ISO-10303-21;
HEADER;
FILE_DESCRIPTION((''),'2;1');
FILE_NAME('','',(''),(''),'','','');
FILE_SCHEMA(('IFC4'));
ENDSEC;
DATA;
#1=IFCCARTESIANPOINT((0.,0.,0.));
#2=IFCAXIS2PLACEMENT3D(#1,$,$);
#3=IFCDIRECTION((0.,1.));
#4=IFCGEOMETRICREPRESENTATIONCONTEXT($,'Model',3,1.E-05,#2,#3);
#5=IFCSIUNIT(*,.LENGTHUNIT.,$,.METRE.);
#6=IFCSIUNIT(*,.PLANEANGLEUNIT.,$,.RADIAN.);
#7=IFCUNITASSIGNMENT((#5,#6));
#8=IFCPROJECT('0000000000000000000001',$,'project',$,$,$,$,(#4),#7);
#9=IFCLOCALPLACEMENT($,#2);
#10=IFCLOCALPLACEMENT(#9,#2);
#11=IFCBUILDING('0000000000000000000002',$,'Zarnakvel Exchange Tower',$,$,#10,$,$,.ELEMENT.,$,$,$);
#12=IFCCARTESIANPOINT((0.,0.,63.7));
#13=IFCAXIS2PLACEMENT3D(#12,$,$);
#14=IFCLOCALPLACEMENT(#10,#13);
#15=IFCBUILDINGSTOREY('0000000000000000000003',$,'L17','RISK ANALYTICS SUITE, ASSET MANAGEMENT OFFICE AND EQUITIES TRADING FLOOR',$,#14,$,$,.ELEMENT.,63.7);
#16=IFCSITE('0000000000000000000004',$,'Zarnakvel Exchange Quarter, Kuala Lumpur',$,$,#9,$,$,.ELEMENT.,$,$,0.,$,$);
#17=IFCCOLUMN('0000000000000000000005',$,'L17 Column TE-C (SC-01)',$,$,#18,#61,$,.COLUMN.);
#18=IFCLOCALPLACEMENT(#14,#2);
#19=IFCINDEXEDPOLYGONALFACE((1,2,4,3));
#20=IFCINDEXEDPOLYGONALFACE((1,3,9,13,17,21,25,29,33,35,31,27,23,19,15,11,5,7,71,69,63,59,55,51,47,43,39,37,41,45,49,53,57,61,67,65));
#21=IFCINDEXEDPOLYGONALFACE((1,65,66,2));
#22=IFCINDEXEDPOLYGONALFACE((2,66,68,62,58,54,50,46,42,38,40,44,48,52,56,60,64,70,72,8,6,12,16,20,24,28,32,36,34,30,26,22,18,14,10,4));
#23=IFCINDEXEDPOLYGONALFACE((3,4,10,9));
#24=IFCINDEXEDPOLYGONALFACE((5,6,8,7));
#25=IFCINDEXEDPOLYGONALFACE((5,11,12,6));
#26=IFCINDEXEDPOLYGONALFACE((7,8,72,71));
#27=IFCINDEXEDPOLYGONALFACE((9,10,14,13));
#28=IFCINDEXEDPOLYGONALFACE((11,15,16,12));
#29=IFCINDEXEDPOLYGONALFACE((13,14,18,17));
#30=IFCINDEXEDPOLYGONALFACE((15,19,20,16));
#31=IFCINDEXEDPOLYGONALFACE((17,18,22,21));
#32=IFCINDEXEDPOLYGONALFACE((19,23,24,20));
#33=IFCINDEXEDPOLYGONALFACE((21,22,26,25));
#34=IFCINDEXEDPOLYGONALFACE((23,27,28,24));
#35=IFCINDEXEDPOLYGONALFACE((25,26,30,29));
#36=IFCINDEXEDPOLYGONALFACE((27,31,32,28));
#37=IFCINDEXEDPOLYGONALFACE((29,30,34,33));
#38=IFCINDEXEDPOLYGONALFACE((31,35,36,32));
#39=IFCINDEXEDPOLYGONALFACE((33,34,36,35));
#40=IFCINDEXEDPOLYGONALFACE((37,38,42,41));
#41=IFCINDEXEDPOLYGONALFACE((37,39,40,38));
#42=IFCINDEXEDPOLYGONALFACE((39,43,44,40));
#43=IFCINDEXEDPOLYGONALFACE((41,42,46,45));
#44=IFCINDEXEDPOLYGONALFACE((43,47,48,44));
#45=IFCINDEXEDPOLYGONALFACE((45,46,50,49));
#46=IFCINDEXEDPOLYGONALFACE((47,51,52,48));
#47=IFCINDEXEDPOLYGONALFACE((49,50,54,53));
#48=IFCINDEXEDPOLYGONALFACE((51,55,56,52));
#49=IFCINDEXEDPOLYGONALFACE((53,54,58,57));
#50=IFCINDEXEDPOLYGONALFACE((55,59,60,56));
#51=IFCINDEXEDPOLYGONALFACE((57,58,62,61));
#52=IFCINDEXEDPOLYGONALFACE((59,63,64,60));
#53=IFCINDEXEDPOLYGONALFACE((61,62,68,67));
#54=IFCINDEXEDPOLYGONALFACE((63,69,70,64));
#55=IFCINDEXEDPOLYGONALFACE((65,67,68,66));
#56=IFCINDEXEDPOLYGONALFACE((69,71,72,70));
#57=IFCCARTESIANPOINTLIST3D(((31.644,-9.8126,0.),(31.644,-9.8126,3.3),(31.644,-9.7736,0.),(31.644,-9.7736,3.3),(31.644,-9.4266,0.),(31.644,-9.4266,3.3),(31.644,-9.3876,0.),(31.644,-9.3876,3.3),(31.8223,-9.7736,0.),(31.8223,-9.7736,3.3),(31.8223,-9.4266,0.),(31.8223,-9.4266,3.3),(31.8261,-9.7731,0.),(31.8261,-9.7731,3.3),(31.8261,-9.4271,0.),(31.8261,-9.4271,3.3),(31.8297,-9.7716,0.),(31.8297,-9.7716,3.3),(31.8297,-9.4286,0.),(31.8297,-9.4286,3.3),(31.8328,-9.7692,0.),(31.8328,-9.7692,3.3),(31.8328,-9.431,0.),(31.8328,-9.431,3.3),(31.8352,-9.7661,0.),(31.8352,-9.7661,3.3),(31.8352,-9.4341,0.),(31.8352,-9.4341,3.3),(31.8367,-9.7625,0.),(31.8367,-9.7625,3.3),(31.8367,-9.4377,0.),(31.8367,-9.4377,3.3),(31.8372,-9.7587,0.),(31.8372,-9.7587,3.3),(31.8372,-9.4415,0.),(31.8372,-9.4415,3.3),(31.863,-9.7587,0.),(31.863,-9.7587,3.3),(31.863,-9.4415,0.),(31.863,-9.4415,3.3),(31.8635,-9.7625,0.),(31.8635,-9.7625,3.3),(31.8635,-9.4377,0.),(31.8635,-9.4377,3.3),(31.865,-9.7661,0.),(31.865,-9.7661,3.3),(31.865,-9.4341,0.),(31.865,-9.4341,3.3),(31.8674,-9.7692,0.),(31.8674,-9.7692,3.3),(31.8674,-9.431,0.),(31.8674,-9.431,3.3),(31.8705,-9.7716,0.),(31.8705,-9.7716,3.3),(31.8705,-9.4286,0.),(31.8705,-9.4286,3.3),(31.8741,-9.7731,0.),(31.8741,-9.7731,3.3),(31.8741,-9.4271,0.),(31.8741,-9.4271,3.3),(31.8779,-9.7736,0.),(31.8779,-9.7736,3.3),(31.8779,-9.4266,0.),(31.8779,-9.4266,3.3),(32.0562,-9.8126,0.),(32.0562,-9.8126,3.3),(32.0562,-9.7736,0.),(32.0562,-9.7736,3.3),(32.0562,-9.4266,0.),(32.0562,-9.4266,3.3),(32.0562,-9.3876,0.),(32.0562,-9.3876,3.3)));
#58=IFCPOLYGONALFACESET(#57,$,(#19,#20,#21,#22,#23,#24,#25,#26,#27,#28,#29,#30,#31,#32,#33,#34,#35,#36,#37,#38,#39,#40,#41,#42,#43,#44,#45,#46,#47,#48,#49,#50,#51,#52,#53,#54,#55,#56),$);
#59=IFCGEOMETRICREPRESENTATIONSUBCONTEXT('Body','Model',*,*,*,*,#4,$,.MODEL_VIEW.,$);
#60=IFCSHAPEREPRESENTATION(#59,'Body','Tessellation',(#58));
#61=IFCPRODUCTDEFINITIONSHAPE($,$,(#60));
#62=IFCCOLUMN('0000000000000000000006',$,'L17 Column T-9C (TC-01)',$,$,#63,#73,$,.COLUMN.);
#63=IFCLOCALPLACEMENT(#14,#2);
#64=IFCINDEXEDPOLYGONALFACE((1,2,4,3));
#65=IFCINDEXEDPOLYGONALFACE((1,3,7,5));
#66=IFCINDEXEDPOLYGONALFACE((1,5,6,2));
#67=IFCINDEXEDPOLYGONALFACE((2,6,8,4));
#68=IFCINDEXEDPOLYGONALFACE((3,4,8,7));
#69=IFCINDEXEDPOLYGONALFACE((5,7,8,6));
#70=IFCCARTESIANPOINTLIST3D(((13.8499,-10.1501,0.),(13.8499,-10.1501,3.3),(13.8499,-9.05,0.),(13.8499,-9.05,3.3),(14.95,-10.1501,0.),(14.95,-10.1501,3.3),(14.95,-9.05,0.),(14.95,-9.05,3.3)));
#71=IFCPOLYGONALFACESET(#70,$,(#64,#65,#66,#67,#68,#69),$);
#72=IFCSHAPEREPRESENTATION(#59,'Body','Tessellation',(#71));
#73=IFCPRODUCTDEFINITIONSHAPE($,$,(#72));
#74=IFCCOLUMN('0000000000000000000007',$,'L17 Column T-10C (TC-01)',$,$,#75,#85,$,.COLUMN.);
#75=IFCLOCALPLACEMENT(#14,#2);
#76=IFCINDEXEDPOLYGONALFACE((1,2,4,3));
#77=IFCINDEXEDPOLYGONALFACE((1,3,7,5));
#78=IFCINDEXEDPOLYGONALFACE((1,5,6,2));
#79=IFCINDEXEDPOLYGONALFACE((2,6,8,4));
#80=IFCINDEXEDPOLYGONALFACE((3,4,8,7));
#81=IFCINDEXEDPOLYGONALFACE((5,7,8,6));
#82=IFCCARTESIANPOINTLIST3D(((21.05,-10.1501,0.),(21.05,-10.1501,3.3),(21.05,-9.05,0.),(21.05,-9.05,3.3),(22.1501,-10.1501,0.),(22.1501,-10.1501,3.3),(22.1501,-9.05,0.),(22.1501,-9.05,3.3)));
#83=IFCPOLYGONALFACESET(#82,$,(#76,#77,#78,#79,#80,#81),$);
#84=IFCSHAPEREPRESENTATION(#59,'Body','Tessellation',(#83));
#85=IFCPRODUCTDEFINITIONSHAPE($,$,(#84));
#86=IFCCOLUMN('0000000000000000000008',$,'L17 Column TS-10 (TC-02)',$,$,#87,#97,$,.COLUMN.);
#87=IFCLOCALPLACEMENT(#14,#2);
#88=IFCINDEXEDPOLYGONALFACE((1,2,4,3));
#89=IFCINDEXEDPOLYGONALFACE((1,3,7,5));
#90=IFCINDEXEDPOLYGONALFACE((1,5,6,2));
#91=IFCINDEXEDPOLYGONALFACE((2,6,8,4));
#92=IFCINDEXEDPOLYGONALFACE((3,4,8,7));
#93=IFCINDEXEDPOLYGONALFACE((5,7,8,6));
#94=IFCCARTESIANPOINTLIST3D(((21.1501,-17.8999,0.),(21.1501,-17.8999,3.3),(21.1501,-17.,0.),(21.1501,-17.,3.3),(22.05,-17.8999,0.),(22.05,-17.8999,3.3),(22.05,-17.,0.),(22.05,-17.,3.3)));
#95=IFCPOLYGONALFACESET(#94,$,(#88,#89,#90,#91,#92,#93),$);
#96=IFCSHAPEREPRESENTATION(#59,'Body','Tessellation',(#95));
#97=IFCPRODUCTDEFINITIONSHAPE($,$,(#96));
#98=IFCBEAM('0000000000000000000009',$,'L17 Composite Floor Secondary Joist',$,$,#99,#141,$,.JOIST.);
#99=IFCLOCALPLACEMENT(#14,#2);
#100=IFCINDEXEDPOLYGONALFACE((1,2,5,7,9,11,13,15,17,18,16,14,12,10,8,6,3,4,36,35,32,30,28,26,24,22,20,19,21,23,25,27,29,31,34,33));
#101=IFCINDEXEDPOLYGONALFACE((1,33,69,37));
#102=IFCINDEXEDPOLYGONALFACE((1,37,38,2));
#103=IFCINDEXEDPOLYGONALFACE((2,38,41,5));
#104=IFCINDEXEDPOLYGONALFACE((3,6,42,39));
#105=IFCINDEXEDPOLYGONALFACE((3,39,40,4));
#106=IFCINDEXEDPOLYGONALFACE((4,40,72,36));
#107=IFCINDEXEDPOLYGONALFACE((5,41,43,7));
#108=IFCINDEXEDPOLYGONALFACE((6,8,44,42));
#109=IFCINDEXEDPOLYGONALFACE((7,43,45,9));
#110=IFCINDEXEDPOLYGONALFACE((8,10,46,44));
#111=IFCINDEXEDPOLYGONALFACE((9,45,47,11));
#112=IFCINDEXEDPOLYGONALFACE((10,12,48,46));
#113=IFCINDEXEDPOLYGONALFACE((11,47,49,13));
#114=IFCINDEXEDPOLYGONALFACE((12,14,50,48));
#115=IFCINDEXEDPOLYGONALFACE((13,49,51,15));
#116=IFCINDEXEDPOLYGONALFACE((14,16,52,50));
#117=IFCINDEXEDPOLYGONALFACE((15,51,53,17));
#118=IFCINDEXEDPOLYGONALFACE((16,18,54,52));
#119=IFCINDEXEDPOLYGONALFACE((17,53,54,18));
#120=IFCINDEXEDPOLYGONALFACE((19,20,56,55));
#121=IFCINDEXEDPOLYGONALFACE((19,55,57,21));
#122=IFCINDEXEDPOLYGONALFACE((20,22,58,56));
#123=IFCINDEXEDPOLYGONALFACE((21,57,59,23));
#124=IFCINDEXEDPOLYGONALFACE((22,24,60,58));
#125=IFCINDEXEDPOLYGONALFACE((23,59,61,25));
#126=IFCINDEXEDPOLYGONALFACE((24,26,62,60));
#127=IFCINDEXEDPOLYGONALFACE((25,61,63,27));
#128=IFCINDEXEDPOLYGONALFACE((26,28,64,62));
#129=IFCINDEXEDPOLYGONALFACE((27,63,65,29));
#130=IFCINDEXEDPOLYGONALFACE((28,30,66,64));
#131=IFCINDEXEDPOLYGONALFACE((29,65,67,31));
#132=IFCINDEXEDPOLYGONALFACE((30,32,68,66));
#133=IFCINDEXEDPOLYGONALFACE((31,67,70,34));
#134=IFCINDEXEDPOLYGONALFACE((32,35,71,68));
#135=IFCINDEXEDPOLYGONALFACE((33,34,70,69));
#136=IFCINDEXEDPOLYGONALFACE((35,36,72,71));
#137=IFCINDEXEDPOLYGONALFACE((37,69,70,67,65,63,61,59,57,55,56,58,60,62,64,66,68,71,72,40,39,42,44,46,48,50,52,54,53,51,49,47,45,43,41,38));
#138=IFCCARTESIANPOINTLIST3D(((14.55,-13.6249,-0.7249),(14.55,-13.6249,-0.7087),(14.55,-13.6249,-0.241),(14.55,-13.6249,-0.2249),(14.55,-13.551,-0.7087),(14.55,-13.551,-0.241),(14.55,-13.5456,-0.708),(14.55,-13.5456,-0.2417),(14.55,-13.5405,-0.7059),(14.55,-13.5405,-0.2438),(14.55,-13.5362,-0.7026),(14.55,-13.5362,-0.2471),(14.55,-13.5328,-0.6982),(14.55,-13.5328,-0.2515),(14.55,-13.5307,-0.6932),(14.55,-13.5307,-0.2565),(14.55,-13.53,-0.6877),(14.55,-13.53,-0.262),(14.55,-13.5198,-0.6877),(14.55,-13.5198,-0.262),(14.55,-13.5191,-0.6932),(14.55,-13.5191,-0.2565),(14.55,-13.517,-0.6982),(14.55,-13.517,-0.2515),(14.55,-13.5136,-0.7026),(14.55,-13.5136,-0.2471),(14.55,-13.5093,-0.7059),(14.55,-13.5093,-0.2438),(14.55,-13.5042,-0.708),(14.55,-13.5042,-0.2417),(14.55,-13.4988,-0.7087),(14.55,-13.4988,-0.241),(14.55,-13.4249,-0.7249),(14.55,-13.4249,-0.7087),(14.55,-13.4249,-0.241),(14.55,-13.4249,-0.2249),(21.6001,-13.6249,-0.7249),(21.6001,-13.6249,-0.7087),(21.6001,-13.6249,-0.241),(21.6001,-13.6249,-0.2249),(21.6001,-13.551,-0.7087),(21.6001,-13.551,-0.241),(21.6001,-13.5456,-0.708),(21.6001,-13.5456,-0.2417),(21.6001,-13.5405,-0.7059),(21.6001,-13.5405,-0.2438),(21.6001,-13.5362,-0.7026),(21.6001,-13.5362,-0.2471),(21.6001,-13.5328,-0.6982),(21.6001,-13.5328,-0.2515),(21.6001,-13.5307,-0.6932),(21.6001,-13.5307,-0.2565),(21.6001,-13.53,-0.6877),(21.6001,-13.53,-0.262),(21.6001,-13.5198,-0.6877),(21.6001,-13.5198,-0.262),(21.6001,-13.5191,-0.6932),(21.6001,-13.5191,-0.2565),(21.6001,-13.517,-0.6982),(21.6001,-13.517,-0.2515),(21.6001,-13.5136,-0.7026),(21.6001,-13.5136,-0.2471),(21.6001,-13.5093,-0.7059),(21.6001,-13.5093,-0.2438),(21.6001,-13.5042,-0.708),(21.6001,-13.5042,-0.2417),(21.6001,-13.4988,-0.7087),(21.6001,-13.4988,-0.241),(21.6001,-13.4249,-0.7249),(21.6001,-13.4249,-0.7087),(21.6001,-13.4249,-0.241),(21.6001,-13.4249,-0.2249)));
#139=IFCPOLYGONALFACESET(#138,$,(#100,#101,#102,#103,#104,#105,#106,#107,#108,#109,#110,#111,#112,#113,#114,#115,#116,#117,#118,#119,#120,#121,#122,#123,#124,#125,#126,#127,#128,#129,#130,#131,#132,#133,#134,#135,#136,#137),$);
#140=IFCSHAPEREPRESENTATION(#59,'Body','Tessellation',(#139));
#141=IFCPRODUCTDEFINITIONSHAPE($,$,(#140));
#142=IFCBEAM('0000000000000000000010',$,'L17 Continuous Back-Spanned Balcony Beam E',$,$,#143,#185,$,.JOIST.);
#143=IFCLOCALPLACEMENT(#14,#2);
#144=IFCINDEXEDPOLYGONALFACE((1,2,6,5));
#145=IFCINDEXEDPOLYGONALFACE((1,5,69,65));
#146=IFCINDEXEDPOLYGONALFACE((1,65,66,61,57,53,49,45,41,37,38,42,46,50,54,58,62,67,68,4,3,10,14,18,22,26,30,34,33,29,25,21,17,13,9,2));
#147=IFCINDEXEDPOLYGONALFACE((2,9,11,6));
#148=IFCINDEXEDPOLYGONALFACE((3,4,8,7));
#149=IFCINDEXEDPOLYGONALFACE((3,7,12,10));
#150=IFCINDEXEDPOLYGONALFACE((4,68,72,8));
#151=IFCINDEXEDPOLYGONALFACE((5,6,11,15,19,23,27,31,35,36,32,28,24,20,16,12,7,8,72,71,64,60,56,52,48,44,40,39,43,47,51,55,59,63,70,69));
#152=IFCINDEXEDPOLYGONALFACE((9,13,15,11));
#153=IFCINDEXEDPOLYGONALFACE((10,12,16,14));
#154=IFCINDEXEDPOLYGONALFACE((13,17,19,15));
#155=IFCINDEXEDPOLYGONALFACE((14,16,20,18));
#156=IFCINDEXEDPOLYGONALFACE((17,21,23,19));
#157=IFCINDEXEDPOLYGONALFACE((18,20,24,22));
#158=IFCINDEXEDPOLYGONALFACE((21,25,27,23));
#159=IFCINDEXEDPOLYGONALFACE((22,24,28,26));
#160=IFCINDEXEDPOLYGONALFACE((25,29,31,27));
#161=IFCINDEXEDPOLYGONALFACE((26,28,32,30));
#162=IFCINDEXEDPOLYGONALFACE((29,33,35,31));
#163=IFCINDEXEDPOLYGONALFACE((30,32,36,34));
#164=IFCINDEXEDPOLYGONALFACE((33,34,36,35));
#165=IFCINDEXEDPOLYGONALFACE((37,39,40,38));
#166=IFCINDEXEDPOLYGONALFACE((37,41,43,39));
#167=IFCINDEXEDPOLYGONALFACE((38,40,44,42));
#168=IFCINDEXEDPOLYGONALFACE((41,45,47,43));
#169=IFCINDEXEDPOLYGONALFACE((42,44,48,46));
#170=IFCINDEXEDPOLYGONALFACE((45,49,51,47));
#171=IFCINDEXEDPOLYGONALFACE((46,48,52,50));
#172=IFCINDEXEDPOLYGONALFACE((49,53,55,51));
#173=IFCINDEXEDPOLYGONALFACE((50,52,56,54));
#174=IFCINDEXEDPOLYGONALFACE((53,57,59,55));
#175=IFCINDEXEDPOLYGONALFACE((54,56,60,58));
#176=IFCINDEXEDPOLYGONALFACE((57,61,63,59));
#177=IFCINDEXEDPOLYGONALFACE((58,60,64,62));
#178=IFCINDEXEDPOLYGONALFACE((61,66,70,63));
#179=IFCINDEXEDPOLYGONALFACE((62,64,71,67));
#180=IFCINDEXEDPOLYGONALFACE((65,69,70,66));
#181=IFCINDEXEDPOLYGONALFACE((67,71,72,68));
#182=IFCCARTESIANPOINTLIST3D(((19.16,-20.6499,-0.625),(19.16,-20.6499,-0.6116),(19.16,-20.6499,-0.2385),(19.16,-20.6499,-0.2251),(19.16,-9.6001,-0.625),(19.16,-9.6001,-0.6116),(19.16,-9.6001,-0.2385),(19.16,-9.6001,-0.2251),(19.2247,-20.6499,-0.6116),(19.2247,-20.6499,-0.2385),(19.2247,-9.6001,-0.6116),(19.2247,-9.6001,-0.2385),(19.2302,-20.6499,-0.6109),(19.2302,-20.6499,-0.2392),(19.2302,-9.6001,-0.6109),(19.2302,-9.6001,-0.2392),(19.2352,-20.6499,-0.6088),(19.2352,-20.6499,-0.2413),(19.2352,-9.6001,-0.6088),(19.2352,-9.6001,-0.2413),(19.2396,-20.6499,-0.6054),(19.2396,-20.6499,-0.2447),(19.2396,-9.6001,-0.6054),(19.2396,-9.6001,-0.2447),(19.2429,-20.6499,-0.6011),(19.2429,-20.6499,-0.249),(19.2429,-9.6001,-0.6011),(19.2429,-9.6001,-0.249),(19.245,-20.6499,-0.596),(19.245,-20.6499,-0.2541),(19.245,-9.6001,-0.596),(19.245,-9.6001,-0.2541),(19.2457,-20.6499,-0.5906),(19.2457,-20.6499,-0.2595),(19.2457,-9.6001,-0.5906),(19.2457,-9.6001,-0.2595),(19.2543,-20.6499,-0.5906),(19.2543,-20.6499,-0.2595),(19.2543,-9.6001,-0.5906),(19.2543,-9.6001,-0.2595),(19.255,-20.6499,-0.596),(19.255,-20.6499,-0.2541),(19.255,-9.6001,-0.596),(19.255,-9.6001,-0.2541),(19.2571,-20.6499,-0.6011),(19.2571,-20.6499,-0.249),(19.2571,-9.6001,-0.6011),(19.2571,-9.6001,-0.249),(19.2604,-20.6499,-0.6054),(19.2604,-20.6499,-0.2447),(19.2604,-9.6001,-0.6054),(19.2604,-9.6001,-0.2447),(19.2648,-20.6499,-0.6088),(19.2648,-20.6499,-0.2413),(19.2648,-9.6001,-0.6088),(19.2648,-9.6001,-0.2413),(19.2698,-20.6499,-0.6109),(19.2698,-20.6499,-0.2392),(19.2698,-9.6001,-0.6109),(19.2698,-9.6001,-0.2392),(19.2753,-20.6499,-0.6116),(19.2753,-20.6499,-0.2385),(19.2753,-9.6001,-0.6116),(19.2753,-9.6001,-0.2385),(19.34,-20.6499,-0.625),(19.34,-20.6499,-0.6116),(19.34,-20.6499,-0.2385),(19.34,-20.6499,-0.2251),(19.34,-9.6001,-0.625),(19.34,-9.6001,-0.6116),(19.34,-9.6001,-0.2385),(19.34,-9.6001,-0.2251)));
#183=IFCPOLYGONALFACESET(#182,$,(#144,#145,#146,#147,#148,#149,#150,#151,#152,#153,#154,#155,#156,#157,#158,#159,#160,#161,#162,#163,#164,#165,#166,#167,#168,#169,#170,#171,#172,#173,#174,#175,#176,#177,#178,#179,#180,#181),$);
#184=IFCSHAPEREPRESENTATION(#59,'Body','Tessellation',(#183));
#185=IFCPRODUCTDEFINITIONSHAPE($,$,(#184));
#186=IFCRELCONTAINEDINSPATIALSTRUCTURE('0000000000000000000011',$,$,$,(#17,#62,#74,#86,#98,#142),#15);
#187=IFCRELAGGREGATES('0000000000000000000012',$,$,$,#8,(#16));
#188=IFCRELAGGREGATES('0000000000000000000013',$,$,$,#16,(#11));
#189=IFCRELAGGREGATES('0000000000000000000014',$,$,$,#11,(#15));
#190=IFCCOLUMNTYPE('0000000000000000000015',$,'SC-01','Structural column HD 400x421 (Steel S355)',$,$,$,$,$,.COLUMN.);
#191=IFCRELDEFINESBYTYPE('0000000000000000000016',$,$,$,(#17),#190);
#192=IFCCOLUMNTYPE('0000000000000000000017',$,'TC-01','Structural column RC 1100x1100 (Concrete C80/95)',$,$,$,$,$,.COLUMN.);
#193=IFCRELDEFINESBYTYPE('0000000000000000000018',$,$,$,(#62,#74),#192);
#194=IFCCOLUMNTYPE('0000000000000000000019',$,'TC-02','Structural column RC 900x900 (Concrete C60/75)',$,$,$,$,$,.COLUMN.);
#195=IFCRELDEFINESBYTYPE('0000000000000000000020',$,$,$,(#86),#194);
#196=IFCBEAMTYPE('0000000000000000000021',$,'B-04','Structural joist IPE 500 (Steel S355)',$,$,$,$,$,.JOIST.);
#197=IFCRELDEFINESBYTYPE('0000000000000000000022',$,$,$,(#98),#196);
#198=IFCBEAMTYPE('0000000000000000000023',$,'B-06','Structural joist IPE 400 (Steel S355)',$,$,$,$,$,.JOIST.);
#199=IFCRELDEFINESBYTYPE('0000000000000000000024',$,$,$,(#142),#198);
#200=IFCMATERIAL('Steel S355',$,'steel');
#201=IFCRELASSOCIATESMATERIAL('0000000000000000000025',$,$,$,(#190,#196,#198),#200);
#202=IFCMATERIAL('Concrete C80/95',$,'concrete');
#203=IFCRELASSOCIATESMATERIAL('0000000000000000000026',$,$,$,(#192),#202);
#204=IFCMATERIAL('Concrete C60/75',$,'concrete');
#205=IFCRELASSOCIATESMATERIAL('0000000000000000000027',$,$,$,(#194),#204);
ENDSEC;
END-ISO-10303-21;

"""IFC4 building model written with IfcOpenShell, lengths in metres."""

from ifc_helpers import new_model, si_unit, direction, frame, origin, origin_2d, place, context, subcontext, project, spatial, rectangle, i_section, extrude, material, material_profile, profile_set, type_object, element, save


model = new_model("IFC4")

# Units and contexts
model_context = context("Model", 3, precision=1e-05, world=origin(), true_north=direction((0.0, 1.0)))
body_context = subcontext(model_context, "Body", "Model", "MODEL_VIEW")
ifc_project = project(units=[si_unit("LENGTHUNIT", "METRE"), si_unit("PLANEANGLEUNIT", "RADIAN")], contexts=[model_context])

# Site, building, storey
site_placement = place(None, origin())
site = spatial("IfcSite", under=ifc_project, at=site_placement, Name="Zarnakvel Exchange Quarter, Kuala Lumpur", CompositionType="ELEMENT", RefElevation=0.0)
building_placement = place(site_placement, origin())
building = spatial("IfcBuilding", under=site, at=building_placement, Name="Zarnakvel Exchange Tower", CompositionType="ELEMENT")
storey_placement = place(building_placement, frame((0.0, 0.0, 63.7)))
storey = spatial("IfcBuildingStorey", under=building, at=storey_placement, Name="L17", Description="RISK ANALYTICS SUITE, ASSET MANAGEMENT OFFICE AND EQUITIES TRADING FLOOR", CompositionType="ELEMENT", Elevation=63.7)

# Columns
ifc_material_1 = material(Name="Steel S355", Category="steel")
ifc_material_profile_1 = material_profile(ifc_material_1, i_section(OverallWidth=0.4121, OverallDepth=0.425, WebThickness=0.0259, FlangeThickness=0.0391, FilletRadius=0.0149, at=origin_2d()))
ifc_profile_set_1 = profile_set([ifc_material_profile_1], Name="Steel S355")
column_type_1 = type_object("IfcColumnType", Name="SC-01", Description="Structural column HD 400x421 (Steel S355)", PredefinedType="COLUMN", material=ifc_profile_set_1)
column_1_placement = place(storey_placement, frame((31.8501, -9.6001, 0.0), z_axis=(0.0, 0.0, 1.0), x_axis=(1.0, 0.0, 0.0)))
element("IfcColumn", 1, at=column_1_placement, inside=storey, type_object=column_type_1, Name="L17 Column TE-C (SC-01)", PredefinedType="COLUMN", context=body_context, shape_type="SweptSolid", body=[
    extrude(i_section(OverallWidth=0.4121, OverallDepth=0.425, WebThickness=0.0259, FlangeThickness=0.0391, FilletRadius=0.0149, at=origin_2d()), origin(), (0.0, 0.0, 1.0), 3.3),
])
ifc_material_2 = material(Name="Concrete C80/95", Category="concrete")
ifc_material_profile_2 = material_profile(ifc_material_2, rectangle(XDim=1.1001, YDim=1.1001, at=origin_2d()))
ifc_profile_set_2 = profile_set([ifc_material_profile_2], Name="Concrete C80/95")
column_type_2 = type_object("IfcColumnType", Name="TC-01", Description="Structural column RC 1100x1100 (Concrete C80/95)", PredefinedType="COLUMN", material=ifc_profile_set_2)
for number, where, z_axis, x_axis, name in (
    (2, (14.3999, -9.6001, 0.0), (0.0, 0.0, 1.0), (1.0, 0.0, 0.0), "L17 Column T-9C (TC-01)"),
    (3, (21.6001, -9.6001, 0.0), (0.0, 0.0, 1.0), (1.0, 0.0, 0.0), "L17 Column T-10C (TC-01)"),
):
    element("IfcColumn", number, at=place(storey_placement, frame(where, z_axis=z_axis, x_axis=x_axis)), inside=storey, type_object=column_type_2, Name=name, PredefinedType="COLUMN", context=body_context, shape_type="SweptSolid", body=[
        extrude(rectangle(XDim=1.1001, YDim=1.1001, at=origin_2d()), origin(), (0.0, 0.0, 1.0), 3.3),
    ])
ifc_material_3 = material(Name="Concrete C60/75", Category="concrete")
ifc_material_profile_3 = material_profile(ifc_material_3, rectangle(XDim=0.8999, YDim=0.8999, at=origin_2d()))
ifc_profile_set_3 = profile_set([ifc_material_profile_3], Name="Concrete C60/75")
column_type_3 = type_object("IfcColumnType", Name="TC-02", Description="Structural column RC 900x900 (Concrete C60/75)", PredefinedType="COLUMN", material=ifc_profile_set_3)
column_2_placement = place(storey_placement, frame((21.6001, -17.45, 0.0), z_axis=(0.0, 0.0, 1.0), x_axis=(1.0, 0.0, 0.0)))
element("IfcColumn", 4, at=column_2_placement, inside=storey, type_object=column_type_3, Name="L17 Column TS-10 (TC-02)", PredefinedType="COLUMN", context=body_context, shape_type="SweptSolid", body=[
    extrude(rectangle(XDim=0.8999, YDim=0.8999, at=origin_2d()), origin(), (0.0, 0.0, 1.0), 3.3),
])

# Beams
ifc_material_profile_4 = material_profile(ifc_material_1, i_section(OverallWidth=0.2, OverallDepth=0.5, WebThickness=0.0103, FlangeThickness=0.0161, FilletRadius=0.021, at=origin_2d()))
ifc_profile_set_4 = profile_set([ifc_material_profile_4], Name="Steel S355")
beam_type_1 = type_object("IfcBeamType", Name="B-04", Description="Structural joist IPE 500 (Steel S355)", PredefinedType="JOIST", material=ifc_profile_set_4)
beam_1_placement = place(storey_placement, frame((14.55, -13.5249, -0.4749), z_axis=(1.0, 0.0, 0.0), x_axis=(0.0, 1.0, 0.0)))
element("IfcBeam", 5, at=beam_1_placement, inside=storey, type_object=beam_type_1, Name="L17 Composite Floor Secondary Joist", PredefinedType="JOIST", context=body_context, shape_type="SweptSolid", body=[
    extrude(i_section(OverallWidth=0.2, OverallDepth=0.5, WebThickness=0.0103, FlangeThickness=0.0161, FilletRadius=0.021, at=origin_2d()), origin(), (0.0, 0.0, 1.0), 7.05),
])
ifc_material_profile_5 = material_profile(ifc_material_1, i_section(OverallWidth=0.1799, OverallDepth=0.3999, WebThickness=0.0085, FlangeThickness=0.0134, FilletRadius=0.021, at=origin_2d()))
ifc_profile_set_5 = profile_set([ifc_material_profile_5], Name="Steel S355")
beam_type_2 = type_object("IfcBeamType", Name="B-06", Description="Structural joist IPE 400 (Steel S355)", PredefinedType="JOIST", material=ifc_profile_set_5)
beam_2_placement = place(storey_placement, frame((19.25, -9.6001, -0.425), z_axis=(0.0, -1.0, 0.0), x_axis=(1.0, 0.0, 0.0)))
element("IfcBeam", 6, at=beam_2_placement, inside=storey, type_object=beam_type_2, Name="L17 Continuous Back-Spanned Balcony Beam E", PredefinedType="JOIST", context=body_context, shape_type="SweptSolid", body=[
    extrude(i_section(OverallWidth=0.1799, OverallDepth=0.3999, WebThickness=0.0085, FlangeThickness=0.0134, FilletRadius=0.021, at=origin_2d()), origin(), (0.0, 0.0, 1.0), 11.0498),
])

save(model, "model.ifc")
